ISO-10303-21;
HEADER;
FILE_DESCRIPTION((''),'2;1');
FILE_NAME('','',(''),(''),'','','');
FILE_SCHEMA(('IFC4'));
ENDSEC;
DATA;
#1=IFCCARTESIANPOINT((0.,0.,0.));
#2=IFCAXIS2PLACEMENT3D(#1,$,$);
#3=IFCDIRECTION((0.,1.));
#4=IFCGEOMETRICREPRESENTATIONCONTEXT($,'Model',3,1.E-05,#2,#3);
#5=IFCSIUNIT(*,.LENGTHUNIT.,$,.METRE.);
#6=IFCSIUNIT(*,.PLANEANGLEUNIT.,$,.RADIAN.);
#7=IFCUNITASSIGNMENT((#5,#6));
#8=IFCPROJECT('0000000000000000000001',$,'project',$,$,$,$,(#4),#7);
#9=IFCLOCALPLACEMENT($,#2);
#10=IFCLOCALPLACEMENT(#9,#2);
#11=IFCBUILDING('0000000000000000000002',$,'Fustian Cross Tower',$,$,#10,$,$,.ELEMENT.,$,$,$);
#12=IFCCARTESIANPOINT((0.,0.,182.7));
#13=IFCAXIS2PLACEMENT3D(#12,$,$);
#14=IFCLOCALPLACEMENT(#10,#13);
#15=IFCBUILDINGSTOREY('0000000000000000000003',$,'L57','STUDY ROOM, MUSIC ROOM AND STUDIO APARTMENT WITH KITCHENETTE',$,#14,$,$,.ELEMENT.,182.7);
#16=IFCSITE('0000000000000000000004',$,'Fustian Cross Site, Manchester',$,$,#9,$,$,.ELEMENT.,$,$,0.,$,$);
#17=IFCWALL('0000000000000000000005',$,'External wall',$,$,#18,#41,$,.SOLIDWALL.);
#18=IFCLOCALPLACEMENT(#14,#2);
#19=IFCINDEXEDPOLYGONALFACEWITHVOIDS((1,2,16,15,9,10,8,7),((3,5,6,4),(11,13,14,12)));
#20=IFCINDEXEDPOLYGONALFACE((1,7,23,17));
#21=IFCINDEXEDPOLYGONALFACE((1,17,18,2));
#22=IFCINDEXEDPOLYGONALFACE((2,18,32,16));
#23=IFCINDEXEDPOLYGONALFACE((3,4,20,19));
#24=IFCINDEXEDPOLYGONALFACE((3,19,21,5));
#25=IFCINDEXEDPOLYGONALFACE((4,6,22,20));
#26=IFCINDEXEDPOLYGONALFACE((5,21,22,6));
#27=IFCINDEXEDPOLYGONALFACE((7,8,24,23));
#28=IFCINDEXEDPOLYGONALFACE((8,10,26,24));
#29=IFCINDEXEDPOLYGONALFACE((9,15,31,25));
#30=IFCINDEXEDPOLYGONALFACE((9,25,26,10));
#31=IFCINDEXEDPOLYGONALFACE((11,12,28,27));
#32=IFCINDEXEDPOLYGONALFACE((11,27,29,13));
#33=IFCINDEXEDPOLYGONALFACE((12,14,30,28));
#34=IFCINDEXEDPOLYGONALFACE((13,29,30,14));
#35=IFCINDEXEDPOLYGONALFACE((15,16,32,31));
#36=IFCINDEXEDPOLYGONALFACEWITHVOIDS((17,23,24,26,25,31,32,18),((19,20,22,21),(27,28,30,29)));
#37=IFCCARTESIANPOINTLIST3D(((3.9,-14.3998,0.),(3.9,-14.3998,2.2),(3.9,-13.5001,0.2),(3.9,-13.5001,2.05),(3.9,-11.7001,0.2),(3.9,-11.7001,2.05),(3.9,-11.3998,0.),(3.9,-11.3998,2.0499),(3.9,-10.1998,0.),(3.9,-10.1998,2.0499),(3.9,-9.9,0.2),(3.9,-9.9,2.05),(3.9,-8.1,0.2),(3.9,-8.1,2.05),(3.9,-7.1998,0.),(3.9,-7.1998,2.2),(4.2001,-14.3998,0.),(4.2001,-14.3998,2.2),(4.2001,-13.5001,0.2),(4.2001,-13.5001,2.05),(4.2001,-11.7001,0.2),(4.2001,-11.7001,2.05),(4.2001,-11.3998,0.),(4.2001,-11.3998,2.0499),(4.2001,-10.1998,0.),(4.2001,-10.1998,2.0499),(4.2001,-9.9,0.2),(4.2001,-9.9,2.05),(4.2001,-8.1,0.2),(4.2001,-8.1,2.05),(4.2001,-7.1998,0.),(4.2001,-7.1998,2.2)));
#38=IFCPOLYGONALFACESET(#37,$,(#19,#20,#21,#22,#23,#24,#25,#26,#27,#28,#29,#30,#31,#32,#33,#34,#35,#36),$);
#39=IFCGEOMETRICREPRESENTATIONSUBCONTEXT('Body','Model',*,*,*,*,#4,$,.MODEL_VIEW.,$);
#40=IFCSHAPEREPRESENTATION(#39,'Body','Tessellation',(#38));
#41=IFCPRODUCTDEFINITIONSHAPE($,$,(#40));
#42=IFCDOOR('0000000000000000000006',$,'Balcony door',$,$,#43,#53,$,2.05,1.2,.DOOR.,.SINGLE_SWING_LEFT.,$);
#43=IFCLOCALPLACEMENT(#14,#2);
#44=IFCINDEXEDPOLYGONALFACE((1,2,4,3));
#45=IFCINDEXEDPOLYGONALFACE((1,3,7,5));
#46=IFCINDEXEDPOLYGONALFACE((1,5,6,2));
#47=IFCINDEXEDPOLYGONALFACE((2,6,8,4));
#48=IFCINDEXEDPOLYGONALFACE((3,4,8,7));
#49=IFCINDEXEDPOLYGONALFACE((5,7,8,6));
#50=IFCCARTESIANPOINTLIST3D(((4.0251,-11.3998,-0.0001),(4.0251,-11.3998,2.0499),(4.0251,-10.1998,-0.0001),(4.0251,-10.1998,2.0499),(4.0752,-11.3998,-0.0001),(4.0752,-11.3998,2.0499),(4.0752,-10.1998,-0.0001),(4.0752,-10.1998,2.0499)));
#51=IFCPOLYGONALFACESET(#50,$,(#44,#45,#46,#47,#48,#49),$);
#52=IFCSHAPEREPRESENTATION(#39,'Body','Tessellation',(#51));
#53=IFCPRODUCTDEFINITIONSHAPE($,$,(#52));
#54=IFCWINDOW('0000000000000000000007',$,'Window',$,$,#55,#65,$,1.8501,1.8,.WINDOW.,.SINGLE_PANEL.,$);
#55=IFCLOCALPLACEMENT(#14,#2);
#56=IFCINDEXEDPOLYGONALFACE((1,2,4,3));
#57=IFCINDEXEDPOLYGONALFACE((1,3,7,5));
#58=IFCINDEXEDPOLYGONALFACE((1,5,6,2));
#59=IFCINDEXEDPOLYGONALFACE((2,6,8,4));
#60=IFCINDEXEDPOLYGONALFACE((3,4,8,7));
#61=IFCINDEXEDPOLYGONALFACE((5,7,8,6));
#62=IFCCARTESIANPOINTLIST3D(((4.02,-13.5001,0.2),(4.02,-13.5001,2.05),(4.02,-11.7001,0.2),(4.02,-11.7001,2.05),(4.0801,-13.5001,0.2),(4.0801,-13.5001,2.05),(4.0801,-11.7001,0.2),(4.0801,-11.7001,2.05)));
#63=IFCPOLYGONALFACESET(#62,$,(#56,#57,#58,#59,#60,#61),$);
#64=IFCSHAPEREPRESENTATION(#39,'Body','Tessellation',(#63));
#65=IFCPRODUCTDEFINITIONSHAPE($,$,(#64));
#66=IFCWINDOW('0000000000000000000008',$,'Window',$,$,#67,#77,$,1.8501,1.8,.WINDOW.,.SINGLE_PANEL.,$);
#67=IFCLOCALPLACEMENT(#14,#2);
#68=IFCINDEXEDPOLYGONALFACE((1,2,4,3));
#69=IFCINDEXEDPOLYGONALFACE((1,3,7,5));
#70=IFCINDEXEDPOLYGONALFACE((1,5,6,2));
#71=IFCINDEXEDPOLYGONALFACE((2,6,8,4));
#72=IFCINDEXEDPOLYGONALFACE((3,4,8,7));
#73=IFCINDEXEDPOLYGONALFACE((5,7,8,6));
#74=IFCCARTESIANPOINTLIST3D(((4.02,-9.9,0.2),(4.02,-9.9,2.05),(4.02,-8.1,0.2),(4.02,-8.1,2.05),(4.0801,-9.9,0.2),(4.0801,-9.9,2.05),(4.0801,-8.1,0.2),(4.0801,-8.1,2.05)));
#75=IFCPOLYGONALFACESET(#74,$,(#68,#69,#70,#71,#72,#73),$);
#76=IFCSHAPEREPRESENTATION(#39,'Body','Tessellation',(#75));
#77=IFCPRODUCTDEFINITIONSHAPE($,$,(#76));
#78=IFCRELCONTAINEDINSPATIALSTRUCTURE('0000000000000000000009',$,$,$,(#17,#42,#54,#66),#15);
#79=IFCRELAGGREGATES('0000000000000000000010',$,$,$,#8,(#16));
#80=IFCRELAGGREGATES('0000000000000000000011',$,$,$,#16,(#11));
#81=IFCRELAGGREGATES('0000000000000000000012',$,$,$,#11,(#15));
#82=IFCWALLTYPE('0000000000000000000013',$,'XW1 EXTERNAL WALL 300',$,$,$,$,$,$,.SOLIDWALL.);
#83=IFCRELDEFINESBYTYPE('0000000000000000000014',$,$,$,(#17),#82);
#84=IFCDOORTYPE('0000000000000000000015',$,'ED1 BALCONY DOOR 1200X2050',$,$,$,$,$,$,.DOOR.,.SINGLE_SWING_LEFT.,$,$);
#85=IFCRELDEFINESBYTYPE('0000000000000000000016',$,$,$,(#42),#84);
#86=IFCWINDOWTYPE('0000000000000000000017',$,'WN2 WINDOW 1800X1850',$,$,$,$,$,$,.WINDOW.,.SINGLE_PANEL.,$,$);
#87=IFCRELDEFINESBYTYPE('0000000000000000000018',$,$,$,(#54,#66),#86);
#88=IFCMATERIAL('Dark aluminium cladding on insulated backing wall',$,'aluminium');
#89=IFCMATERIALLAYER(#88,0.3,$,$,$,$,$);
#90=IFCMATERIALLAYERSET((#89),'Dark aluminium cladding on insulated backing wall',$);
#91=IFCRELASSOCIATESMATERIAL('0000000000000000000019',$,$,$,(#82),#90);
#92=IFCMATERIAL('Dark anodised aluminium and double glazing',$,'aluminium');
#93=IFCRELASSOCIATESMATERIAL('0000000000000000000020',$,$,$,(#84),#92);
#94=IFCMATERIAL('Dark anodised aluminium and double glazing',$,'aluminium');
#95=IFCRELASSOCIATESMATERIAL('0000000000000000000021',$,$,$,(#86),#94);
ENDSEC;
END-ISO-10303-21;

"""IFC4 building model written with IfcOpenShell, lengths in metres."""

from ifc_helpers import new_model, si_unit, direction, frame, frame_2d, origin, place, context, subcontext, project, spatial, rectangle, extrude, material, layer, layer_set, type_object, element, fill, save


model = new_model("IFC4")

# Units and contexts
model_context = context("Model", 3, precision=1e-05, world=origin(), true_north=direction((0.0, 1.0)))
body_context = subcontext(model_context, "Body", "Model", "MODEL_VIEW")
ifc_project = project(units=[si_unit("LENGTHUNIT", "METRE"), si_unit("PLANEANGLEUNIT", "RADIAN")], contexts=[model_context])

# Site, building, storey
site_placement = place(None, origin())
site = spatial("IfcSite", under=ifc_project, at=site_placement, Name="Fustian Cross Site, Manchester", CompositionType="ELEMENT", RefElevation=0.0)
building_placement = place(site_placement, origin())
building = spatial("IfcBuilding", under=site, at=building_placement, Name="Fustian Cross Tower", CompositionType="ELEMENT")
storey_placement = place(building_placement, frame((0.0, 0.0, 182.7)))
storey = spatial("IfcBuildingStorey", under=building, at=storey_placement, Name="L57", Description="STUDY ROOM, MUSIC ROOM AND STUDIO APARTMENT WITH KITCHENETTE", CompositionType="ELEMENT", Elevation=182.7)

# Shared definitions
ifc_material_1 = material(Name="Dark aluminium cladding on insulated backing wall", Category="aluminium")
ifc_layer_1 = layer(ifc_material_1, 0.3)
ifc_layer_set_1 = layer_set([ifc_layer_1], Name="Dark aluminium cladding on insulated backing wall")
wall_type_1 = type_object("IfcWallType", Name="XW1 EXTERNAL WALL 300", PredefinedType="SOLIDWALL", material=ifc_layer_set_1)

# Wall, openings, door, windows
wall_1_placement = place(storey_placement, frame((4.05, -14.3999, 0.0), z_axis=(0.0, 0.0, 1.0), x_axis=(0.0, 1.0, 0.0)))
wall_1 = element("IfcWall", 1, at=wall_1_placement, inside=storey, type_object=wall_type_1, Name="External wall", PredefinedType="SOLIDWALL", context=body_context, shape_type="SweptSolid", body=[
    extrude(rectangle(XDim=7.2, YDim=0.3, at=frame_2d((3.6001, 0.0))), origin(), (0.0, 0.0, 1.0), 2.2),
])
opening_1_placement = place(wall_1_placement, frame((3.0, 0.0, 0.0)))
opening_1 = element("IfcOpeningElement", 2, at=opening_1_placement, cuts=wall_1, PredefinedType="OPENING", context=body_context, shape_type="SweptSolid", body=[
    extrude(rectangle(XDim=1.2, YDim=2.05, at=frame_2d((0.6001, 1.0249))), frame((0.0, 0.1599, 0.0), z_axis=(0.0, -1.0, 0.0), x_axis=(1.0, 0.0, 0.0)), (0.0, 0.0, 1.0), 0.3201),
])
opening_2_placement = place(wall_1_placement, frame((0.8999, 0.0, 0.2)))
opening_2 = element("IfcOpeningElement", 3, at=opening_2_placement, cuts=wall_1, PredefinedType="OPENING", context=body_context, shape_type="SweptSolid", body=[
    extrude(rectangle(XDim=1.8, YDim=1.8501, at=frame_2d((0.8999, 0.925))), frame((0.0, 0.1599, 0.0), z_axis=(0.0, -1.0, 0.0), x_axis=(1.0, 0.0, 0.0)), (0.0, 0.0, 1.0), 0.3201),
])
opening_3_placement = place(wall_1_placement, frame((4.5, 0.0, 0.2)))
opening_3 = element("IfcOpeningElement", 4, at=opening_3_placement, cuts=wall_1, PredefinedType="OPENING", context=body_context, shape_type="SweptSolid", body=[
    extrude(rectangle(XDim=1.8, YDim=1.8501, at=frame_2d((0.8999, 0.925))), frame((0.0, 0.1599, 0.0), z_axis=(0.0, -1.0, 0.0), x_axis=(1.0, 0.0, 0.0)), (0.0, 0.0, 1.0), 0.3201),
])
ifc_material_2 = material(Name="Dark anodised aluminium and double glazing", Category="aluminium")
door_type = type_object("IfcDoorType", Name="ED1 BALCONY DOOR 1200X2050", OperationType="SINGLE_SWING_LEFT", PredefinedType="DOOR", material=ifc_material_2)
door_placement = place(opening_1_placement, origin())
door = element("IfcDoor", 5, at=door_placement, inside=storey, type_object=door_type, Name="Balcony door", OperationType="SINGLE_SWING_LEFT", OverallHeight=2.05, OverallWidth=1.2, PredefinedType="DOOR", context=body_context, shape_type="SweptSolid", body=[
    extrude(rectangle(XDim=1.2, YDim=2.05, at=frame_2d((0.6001, 1.0249))), frame((0.0, 0.0249, 0.0), z_axis=(0.0, -1.0, 0.0), x_axis=(1.0, 0.0, 0.0)), (0.0, 0.0, 1.0), 0.05),
])
fill(opening_1, door)
ifc_material_3 = material(Name="Dark anodised aluminium and double glazing", Category="aluminium")
window_type_1 = type_object("IfcWindowType", Name="WN2 WINDOW 1800X1850", PartitioningType="SINGLE_PANEL", PredefinedType="WINDOW", material=ifc_material_3)
window_1_placement = place(opening_2_placement, origin())
window_1 = element("IfcWindow", 6, at=window_1_placement, inside=storey, type_object=window_type_1, Name="Window", OverallHeight=1.8501, OverallWidth=1.8, PartitioningType="SINGLE_PANEL", PredefinedType="WINDOW", context=body_context, shape_type="SweptSolid", body=[
    extrude(rectangle(XDim=1.8, YDim=1.8501, at=frame_2d((0.8999, 0.925))), frame((0.0, 0.03, 0.0), z_axis=(0.0, -1.0, 0.0), x_axis=(1.0, 0.0, 0.0)), (0.0, 0.0, 1.0), 0.0601),
])
fill(opening_2, window_1)
window_2_placement = place(opening_3_placement, origin())
window_2 = element("IfcWindow", 7, at=window_2_placement, inside=storey, type_object=window_type_1, Name="Window", OverallHeight=1.8501, OverallWidth=1.8, PartitioningType="SINGLE_PANEL", PredefinedType="WINDOW", context=body_context, shape_type="SweptSolid", body=[
    extrude(rectangle(XDim=1.8, YDim=1.8501, at=frame_2d((0.8999, 0.925))), frame((0.0, 0.03, 0.0), z_axis=(0.0, -1.0, 0.0), x_axis=(1.0, 0.0, 0.0)), (0.0, 0.0, 1.0), 0.0601),
])
fill(opening_3, window_2)

save(model, "model.ifc")
